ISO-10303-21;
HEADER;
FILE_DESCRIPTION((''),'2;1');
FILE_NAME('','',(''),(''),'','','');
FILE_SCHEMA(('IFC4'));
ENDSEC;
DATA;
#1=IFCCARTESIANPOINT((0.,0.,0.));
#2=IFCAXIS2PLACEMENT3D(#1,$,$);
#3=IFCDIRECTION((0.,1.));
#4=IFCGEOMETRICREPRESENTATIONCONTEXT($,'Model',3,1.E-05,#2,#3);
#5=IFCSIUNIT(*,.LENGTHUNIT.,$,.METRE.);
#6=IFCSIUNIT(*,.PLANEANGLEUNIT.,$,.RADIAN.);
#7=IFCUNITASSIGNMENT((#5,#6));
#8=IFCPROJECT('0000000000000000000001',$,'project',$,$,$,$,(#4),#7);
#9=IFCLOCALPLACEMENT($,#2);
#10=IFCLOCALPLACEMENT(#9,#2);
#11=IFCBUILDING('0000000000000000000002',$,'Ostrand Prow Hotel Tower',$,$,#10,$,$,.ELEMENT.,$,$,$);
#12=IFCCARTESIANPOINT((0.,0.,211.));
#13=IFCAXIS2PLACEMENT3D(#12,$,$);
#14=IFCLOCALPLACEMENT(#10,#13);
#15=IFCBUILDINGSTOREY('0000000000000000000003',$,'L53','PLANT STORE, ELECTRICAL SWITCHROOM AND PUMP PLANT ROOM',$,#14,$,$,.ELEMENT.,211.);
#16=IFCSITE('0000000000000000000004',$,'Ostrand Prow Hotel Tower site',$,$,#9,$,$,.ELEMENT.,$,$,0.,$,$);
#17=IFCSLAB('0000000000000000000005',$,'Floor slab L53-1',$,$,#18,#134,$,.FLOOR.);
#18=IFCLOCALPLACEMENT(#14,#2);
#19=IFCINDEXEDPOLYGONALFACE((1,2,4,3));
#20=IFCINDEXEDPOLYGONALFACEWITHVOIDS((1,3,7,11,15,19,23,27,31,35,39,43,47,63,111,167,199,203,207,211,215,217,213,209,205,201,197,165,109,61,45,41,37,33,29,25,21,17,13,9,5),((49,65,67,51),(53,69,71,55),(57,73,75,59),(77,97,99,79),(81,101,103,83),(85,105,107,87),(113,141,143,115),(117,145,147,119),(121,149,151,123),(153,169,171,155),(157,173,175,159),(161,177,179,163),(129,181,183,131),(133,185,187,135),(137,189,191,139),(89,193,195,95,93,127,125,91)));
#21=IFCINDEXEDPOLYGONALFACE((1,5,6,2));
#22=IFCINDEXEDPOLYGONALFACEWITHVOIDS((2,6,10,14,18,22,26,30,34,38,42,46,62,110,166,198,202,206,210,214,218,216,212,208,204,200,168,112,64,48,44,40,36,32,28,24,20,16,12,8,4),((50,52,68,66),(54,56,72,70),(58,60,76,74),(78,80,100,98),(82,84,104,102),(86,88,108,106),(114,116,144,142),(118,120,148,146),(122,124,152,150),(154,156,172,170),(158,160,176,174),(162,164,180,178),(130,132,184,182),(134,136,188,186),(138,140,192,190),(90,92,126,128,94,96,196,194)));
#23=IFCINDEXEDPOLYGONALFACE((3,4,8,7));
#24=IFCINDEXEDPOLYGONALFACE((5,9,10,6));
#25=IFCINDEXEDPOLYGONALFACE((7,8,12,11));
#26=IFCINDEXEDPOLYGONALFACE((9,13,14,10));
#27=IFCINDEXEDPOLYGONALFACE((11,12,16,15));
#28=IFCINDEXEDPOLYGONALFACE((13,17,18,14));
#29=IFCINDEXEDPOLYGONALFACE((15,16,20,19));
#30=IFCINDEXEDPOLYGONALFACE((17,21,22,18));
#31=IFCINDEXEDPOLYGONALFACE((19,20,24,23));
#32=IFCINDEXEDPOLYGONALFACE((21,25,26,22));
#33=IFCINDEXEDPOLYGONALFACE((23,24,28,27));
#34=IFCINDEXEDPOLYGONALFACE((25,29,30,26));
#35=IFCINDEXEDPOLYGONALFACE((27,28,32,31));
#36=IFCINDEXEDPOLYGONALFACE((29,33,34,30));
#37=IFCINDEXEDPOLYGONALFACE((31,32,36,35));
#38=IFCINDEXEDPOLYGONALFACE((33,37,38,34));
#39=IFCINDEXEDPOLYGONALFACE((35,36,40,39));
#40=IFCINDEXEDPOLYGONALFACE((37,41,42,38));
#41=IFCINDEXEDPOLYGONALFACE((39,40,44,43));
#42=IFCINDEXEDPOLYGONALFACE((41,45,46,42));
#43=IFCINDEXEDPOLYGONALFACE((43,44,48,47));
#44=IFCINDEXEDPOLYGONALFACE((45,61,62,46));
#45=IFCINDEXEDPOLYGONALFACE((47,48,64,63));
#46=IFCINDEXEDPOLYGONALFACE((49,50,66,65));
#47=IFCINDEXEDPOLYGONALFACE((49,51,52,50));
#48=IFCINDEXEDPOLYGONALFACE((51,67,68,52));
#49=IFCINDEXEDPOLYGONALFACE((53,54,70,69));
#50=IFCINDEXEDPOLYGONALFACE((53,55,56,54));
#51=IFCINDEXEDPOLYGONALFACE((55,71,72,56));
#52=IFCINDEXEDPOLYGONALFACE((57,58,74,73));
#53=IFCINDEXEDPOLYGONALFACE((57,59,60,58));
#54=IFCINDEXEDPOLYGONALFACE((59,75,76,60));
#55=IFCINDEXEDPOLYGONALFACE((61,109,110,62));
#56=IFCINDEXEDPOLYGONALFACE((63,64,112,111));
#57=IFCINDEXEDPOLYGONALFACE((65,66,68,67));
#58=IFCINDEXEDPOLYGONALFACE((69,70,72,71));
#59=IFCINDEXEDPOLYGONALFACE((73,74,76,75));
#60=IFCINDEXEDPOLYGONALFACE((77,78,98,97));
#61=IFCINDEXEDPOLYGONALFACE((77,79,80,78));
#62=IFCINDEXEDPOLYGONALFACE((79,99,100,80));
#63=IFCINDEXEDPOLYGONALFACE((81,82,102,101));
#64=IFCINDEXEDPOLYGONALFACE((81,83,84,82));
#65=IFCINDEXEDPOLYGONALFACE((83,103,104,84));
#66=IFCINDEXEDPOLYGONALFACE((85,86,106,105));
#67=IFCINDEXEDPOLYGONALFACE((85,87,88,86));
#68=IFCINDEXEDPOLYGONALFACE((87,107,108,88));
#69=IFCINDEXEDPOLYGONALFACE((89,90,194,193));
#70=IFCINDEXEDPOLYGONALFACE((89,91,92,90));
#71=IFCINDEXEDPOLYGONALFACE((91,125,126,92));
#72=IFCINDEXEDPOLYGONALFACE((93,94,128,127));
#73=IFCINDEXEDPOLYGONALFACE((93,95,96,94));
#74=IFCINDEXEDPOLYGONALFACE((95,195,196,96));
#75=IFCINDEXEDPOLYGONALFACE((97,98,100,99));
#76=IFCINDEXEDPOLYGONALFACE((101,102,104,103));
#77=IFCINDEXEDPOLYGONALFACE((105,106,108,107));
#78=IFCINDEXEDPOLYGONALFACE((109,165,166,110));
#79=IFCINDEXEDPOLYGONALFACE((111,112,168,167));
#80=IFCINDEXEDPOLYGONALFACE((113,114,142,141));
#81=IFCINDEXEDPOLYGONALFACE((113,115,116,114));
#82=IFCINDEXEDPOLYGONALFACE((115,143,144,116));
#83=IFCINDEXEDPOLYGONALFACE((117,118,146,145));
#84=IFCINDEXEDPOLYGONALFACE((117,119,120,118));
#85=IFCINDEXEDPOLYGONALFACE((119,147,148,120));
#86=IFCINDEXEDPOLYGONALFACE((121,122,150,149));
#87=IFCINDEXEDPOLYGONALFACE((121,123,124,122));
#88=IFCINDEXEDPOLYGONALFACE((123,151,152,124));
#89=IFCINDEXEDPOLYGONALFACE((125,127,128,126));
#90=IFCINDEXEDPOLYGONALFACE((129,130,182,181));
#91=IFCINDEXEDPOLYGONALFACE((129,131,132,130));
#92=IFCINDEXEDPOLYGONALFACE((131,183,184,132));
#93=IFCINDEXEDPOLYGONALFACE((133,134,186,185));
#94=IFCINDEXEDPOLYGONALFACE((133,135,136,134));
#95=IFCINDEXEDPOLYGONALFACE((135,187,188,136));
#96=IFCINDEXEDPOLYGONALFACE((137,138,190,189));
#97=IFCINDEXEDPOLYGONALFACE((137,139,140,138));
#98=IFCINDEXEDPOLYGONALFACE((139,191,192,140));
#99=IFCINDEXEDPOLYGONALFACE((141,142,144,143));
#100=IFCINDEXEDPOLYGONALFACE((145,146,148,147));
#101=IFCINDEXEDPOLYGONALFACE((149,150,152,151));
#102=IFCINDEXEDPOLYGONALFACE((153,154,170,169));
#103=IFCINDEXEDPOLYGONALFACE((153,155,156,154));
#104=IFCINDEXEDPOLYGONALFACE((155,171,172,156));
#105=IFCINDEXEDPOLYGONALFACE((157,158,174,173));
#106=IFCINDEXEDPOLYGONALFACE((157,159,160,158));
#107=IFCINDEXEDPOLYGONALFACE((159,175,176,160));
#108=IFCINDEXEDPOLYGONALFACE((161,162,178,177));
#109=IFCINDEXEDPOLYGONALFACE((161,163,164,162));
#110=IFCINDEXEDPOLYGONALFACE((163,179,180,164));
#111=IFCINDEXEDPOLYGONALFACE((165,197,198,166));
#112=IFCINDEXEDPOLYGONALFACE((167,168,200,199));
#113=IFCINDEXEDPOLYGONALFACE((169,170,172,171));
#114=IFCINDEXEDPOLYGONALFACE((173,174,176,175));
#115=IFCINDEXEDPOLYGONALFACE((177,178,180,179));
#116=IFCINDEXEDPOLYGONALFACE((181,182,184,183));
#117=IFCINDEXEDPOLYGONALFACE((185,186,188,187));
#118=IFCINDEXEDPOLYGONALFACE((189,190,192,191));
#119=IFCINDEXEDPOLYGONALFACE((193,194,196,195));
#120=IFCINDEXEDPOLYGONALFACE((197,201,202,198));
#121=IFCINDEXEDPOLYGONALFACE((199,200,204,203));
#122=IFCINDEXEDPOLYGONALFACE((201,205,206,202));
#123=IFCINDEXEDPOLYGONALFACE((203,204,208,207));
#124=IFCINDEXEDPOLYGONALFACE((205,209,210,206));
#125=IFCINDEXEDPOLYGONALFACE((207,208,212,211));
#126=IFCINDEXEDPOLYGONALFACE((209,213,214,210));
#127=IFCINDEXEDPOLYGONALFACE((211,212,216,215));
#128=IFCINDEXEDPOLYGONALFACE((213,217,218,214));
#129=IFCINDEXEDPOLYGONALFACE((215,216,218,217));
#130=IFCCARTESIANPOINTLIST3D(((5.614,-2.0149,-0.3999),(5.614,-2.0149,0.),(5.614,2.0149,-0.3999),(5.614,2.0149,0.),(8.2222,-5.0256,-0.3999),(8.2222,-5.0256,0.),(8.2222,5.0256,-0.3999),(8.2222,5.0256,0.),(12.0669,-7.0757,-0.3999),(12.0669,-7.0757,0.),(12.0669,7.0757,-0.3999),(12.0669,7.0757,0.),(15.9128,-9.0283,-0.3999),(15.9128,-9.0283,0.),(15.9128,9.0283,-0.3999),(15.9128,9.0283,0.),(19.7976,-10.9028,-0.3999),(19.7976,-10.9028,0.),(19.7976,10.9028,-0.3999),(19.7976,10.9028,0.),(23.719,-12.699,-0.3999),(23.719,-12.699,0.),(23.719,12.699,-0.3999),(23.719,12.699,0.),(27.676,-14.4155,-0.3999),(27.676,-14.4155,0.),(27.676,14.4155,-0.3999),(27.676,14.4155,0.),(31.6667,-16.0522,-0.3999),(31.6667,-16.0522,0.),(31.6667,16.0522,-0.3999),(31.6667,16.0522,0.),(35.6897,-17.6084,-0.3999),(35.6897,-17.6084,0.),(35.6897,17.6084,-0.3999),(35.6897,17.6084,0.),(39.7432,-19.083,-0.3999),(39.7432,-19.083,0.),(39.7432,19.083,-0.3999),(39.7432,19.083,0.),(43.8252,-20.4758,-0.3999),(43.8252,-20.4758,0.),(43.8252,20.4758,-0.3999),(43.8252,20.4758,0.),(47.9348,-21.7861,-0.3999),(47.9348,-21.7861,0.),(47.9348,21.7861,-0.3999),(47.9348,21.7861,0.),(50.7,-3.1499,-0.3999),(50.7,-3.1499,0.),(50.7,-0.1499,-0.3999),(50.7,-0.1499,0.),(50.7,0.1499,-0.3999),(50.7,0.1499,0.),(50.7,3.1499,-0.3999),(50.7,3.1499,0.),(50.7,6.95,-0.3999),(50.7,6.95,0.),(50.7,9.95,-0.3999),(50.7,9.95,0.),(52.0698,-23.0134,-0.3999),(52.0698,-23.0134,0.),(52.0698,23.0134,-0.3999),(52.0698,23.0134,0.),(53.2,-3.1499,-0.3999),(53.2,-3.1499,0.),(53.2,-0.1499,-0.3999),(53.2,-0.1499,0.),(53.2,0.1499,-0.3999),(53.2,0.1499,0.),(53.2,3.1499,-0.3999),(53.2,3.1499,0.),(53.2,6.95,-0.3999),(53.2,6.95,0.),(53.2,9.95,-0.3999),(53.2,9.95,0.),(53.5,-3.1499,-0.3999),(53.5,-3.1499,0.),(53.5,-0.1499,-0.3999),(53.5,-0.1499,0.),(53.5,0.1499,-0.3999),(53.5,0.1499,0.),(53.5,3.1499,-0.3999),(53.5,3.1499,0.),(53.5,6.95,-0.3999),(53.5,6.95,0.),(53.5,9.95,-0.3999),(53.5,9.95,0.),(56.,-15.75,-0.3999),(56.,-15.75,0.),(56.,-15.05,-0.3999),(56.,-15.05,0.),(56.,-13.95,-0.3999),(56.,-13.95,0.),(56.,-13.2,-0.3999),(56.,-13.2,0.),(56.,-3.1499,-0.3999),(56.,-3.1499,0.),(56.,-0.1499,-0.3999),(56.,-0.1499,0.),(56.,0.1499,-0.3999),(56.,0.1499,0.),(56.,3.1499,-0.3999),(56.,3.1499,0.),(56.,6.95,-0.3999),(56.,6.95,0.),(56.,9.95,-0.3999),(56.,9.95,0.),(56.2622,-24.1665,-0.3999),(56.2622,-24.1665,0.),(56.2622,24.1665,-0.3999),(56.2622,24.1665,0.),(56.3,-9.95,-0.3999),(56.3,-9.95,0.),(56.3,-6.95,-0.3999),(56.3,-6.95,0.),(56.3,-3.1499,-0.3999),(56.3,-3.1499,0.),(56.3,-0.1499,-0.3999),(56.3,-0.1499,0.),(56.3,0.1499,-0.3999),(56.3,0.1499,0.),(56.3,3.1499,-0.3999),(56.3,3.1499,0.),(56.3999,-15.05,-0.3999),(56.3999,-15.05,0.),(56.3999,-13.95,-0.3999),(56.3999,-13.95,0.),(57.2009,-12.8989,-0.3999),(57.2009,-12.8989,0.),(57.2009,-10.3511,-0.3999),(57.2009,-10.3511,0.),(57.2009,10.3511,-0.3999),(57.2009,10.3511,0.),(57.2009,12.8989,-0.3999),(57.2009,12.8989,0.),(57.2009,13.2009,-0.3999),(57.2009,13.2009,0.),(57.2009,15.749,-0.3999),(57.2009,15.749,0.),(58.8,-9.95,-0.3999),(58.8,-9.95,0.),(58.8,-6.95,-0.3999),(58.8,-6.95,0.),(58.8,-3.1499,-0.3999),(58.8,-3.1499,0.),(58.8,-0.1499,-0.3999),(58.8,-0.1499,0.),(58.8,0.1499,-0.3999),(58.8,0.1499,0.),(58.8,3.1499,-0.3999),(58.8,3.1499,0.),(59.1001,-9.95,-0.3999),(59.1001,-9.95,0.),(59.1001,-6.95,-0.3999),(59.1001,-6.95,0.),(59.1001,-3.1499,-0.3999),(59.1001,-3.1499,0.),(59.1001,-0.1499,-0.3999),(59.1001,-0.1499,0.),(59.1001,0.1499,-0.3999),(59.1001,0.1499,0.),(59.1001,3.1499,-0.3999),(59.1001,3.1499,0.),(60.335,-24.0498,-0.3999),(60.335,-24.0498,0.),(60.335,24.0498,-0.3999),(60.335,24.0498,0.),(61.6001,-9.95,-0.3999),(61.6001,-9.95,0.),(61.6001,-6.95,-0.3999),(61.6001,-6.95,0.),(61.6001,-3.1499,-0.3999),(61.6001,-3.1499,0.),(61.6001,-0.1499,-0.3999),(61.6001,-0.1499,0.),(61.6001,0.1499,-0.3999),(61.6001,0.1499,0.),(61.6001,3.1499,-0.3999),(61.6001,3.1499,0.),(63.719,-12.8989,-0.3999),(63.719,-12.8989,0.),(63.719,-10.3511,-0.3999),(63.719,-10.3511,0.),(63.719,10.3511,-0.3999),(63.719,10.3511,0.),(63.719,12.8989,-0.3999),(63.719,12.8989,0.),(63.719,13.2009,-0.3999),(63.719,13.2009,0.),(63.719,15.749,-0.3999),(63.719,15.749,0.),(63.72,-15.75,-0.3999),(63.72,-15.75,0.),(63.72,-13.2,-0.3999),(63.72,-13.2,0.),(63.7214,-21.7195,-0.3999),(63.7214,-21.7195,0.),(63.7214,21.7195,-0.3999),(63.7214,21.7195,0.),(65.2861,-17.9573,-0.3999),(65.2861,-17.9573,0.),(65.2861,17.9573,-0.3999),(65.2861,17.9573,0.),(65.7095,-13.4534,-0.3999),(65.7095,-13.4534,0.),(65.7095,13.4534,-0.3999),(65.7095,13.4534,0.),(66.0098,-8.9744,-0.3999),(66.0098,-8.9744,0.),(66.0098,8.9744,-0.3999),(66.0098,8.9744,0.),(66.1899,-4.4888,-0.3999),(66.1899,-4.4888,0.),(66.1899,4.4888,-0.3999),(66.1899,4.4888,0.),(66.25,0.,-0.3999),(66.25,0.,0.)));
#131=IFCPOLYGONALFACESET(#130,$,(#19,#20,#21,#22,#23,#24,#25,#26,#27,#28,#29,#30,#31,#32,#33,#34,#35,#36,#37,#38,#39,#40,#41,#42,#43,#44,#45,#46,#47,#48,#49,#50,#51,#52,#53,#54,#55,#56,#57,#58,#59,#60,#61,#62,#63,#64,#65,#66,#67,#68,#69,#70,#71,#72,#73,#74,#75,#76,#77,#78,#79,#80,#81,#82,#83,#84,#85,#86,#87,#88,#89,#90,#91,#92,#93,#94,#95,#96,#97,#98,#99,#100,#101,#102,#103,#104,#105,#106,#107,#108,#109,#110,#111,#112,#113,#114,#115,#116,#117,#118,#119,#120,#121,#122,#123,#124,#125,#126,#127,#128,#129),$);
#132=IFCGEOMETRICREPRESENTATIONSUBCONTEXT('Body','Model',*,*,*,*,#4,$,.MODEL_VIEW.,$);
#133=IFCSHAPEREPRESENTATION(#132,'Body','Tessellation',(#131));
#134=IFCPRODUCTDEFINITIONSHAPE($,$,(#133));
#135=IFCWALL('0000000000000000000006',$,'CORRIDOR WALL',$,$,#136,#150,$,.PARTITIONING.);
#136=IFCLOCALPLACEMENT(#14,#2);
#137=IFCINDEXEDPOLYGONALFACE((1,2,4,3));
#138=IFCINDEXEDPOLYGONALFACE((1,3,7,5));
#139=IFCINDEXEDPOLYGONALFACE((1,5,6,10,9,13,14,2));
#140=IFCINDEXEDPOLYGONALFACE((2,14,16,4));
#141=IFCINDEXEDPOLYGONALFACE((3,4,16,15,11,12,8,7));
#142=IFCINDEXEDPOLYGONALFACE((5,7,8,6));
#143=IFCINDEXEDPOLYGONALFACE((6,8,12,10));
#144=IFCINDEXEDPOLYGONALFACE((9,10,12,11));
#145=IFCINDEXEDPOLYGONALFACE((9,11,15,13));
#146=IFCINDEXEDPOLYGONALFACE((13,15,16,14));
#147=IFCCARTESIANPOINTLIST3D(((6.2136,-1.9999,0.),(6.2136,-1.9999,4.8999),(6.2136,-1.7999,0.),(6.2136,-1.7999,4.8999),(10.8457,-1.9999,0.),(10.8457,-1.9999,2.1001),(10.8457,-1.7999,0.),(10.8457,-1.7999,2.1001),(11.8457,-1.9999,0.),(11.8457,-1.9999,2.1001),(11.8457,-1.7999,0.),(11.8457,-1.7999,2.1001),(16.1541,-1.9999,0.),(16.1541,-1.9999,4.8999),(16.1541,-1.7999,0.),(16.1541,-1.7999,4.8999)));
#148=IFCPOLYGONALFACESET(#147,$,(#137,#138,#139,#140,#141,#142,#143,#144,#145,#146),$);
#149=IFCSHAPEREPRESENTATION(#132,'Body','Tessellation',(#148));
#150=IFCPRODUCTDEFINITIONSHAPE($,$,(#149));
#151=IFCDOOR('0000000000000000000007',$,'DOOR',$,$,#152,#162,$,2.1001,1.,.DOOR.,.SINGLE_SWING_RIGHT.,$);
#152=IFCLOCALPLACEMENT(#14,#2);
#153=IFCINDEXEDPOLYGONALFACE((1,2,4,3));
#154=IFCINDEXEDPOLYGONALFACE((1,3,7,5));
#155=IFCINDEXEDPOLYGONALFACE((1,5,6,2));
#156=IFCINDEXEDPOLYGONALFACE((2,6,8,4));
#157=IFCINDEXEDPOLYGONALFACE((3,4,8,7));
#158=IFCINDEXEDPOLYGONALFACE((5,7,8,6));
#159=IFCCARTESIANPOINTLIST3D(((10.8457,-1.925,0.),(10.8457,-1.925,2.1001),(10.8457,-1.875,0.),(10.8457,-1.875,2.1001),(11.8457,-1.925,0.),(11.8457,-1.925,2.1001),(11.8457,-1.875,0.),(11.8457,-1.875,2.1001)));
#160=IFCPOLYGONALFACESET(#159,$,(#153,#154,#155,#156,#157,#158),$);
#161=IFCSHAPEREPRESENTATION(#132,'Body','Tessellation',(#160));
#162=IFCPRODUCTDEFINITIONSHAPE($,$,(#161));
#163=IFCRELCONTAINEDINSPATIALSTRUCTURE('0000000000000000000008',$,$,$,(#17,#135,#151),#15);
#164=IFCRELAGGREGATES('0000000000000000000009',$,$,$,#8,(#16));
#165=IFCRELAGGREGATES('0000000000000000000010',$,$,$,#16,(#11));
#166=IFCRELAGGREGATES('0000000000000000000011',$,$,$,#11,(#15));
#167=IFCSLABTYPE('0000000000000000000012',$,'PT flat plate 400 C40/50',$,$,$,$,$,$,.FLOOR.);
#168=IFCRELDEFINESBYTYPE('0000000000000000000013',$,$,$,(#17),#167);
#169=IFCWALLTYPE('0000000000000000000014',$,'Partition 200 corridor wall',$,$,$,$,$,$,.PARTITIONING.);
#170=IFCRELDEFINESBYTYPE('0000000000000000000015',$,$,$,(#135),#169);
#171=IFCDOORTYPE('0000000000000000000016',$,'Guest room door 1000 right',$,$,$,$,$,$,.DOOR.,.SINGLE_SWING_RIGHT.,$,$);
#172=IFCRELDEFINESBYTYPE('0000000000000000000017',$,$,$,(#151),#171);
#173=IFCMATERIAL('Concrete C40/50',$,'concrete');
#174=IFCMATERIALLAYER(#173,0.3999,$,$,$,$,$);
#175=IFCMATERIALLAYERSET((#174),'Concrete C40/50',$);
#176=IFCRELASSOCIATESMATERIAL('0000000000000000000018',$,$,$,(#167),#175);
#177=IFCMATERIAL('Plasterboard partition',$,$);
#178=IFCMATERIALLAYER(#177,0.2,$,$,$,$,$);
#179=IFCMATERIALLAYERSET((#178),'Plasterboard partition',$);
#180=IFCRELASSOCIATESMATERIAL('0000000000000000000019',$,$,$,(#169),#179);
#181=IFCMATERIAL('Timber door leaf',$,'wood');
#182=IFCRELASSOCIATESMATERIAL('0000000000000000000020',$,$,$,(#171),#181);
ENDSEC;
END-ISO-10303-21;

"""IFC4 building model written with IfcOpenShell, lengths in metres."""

from ifc_helpers import new_model, si_unit, direction, frame, frame_2d, origin, place, context, subcontext, project, spatial, polyline, rectangle, outline, extrude, material, layer, layer_set, type_object, element, fill, save


model = new_model("IFC4")

# Units and contexts
model_context = context("Model", 3, precision=1e-05, world=origin(), true_north=direction((0.0, 1.0)))
body_context = subcontext(model_context, "Body", "Model", "MODEL_VIEW")
ifc_project = project(units=[si_unit("LENGTHUNIT", "METRE"), si_unit("PLANEANGLEUNIT", "RADIAN")], contexts=[model_context])

# Site, building, storey
site_placement = place(None, origin())
site = spatial("IfcSite", under=ifc_project, at=site_placement, Name="Ostrand Prow Hotel Tower site", CompositionType="ELEMENT", RefElevation=0.0)
building_placement = place(site_placement, origin())
building = spatial("IfcBuilding", under=site, at=building_placement, Name="Ostrand Prow Hotel Tower", CompositionType="ELEMENT")
storey_placement = place(building_placement, frame((0.0, 0.0, 211.0)))
storey = spatial("IfcBuildingStorey", under=building, at=storey_placement, Name="L53", Description="PLANT STORE, ELECTRICAL SWITCHROOM AND PUMP PLANT ROOM", CompositionType="ELEMENT", Elevation=211.0)

# Slab, opening
ifc_material_1 = material(Name="Concrete C40/50", Category="concrete")
ifc_layer_1 = layer(ifc_material_1, 0.3999)
ifc_layer_set_1 = layer_set([ifc_layer_1], Name="Concrete C40/50")
slab_type = type_object("IfcSlabType", Name="PT flat plate 400 C40/50", PredefinedType="FLOOR", material=ifc_layer_set_1)
slab_placement = place(storey_placement, frame((0.0, 0.0, -0.3999)))
slab = element("IfcSlab", 1, at=slab_placement, inside=storey, type_object=slab_type, Name="Floor slab L53-1", PredefinedType="FLOOR", context=body_context, shape_type="SweptSolid", body=[
    extrude(outline(polyline([(8.2222, 5.0256), (12.0669, 7.0757), (15.9128, 9.0283), (19.7976, 10.9028), (23.719, 12.699), (27.676, 14.4155), (31.6667, 16.0522), (35.6897, 17.6084), (39.7432, 19.083), (43.8252, 20.4758), (47.9348, 21.7861), (52.0698, 23.0134), (56.2622, 24.1665), (60.335, 24.0498), (63.7214, 21.7195), (65.2861, 17.9573), (65.7095, 13.4534), (66.0098, 8.9744), (66.1899, 4.4888), (66.25, 0.0), (66.1899, -4.4888), (66.0098, -8.9744), (65.7095, -13.4534), (65.2861, -17.9573), (63.7214, -21.7195), (60.335, -24.0498), (56.2622, -24.1665), (52.0698, -23.0134), (47.9348, -21.7861), (43.8252, -20.4758), (39.7432, -19.083), (35.6897, -17.6084), (31.6667, -16.0522), (27.676, -14.4155), (23.719, -12.699), (19.7976, -10.9028), (15.9128, -9.0283), (12.0669, -7.0757), (8.2222, -5.0256), (5.614, -2.0149), (5.614, 2.0149), (8.2222, 5.0256)]), holes=[polyline([(50.7, 6.95), (53.2, 6.95), (53.2, 9.95), (50.7, 9.95), (50.7, 6.95)]), polyline([(53.5, 6.95), (56.0, 6.95), (56.0, 9.95), (53.5, 9.95), (53.5, 6.95)]), polyline([(50.7, 0.1499), (53.2, 0.1499), (53.2, 3.1499), (50.7, 3.1499), (50.7, 0.1499)]), polyline([(53.5, 0.1499), (56.0, 0.1499), (56.0, 3.1499), (53.5, 3.1499), (53.5, 0.1499)]), polyline([(56.3, 0.1499), (58.8, 0.1499), (58.8, 3.1499), (56.3, 3.1499), (56.3, 0.1499)]), polyline([(59.1001, 0.1499), (61.6001, 0.1499), (61.6001, 3.1499), (59.1001, 3.1499), (59.1001, 0.1499)]), polyline([(50.7, -3.1499), (53.2, -3.1499), (53.2, -0.1499), (50.7, -0.1499), (50.7, -3.1499)]), polyline([(53.5, -3.1499), (56.0, -3.1499), (56.0, -0.1499), (53.5, -0.1499), (53.5, -3.1499)]), polyline([(56.3, -3.1499), (58.8, -3.1499), (58.8, -0.1499), (56.3, -0.1499), (56.3, -3.1499)]), polyline([(59.1001, -3.1499), (61.6001, -3.1499), (61.6001, -0.1499), (59.1001, -0.1499), (59.1001, -3.1499)]), polyline([(56.3, -9.95), (58.8, -9.95), (58.8, -6.95), (56.3, -6.95), (56.3, -9.95)]), polyline([(59.1001, -9.95), (61.6001, -9.95), (61.6001, -6.95), (59.1001, -6.95), (59.1001, -9.95)]), polyline([(57.2009, 10.3511), (57.2009, 12.8989), (63.719, 12.8989), (63.719, 10.3511), (57.2009, 10.3511)]), polyline([(57.2009, 13.2009), (57.2009, 15.749), (63.719, 15.749), (63.719, 13.2009), (57.2009, 13.2009)]), polyline([(57.2009, -12.8989), (57.2009, -10.3511), (63.719, -10.3511), (63.719, -12.8989), (57.2009, -12.8989)]), polyline([(63.72, -13.2), (63.72, -15.75), (56.0, -15.75), (56.0, -15.05), (56.3999, -15.05), (56.3999, -13.95), (56.0, -13.95), (56.0, -13.2), (63.72, -13.2)])]), origin(), (0.0, 0.0, 1.0), 0.3999),
])
opening_1_placement = place(slab_placement, origin())
element("IfcOpeningElement", 2, at=opening_1_placement, cuts=slab, PredefinedType="OPENING", context=body_context, shape_type="SweptSolid", body=[
    extrude(outline(polyline([(63.72, -13.2), (63.72, -15.75), (56.0, -15.75), (56.0, -15.05), (56.3999, -15.05), (56.3999, -13.95), (56.0, -13.95), (56.0, -13.2), (63.72, -13.2)])), origin(), (0.0, 0.0, 1.0), 0.3999),
])

# Wall, opening, door
ifc_material_2 = material(Name="Plasterboard partition")
ifc_layer_2 = layer(ifc_material_2, 0.2)
ifc_layer_set_2 = layer_set([ifc_layer_2], Name="Plasterboard partition")
wall_type_1 = type_object("IfcWallType", Name="Partition 200 corridor wall", PredefinedType="PARTITIONING", material=ifc_layer_set_2)
wall_1_placement = place(storey_placement, frame((6.2136, -1.8999, 0.0), z_axis=(0.0, 0.0, 1.0), x_axis=(1.0, 0.0, 0.0)))
wall_1 = element("IfcWall", 3, at=wall_1_placement, inside=storey, type_object=wall_type_1, Name="CORRIDOR WALL", PredefinedType="PARTITIONING", context=body_context, shape_type="SweptSolid", body=[
    extrude(rectangle(XDim=9.9404, YDim=0.2, at=frame_2d((4.9702, 0.0))), origin(), (0.0, 0.0, 1.0), 4.8999),
])
opening_2_placement = place(wall_1_placement, frame((4.6321, 0.0, 0.0)))
opening_2 = element("IfcOpeningElement", 4, at=opening_2_placement, cuts=wall_1, PredefinedType="OPENING", context=body_context, shape_type="SweptSolid", body=[
    extrude(rectangle(XDim=1.0, YDim=2.1001, at=frame_2d((0.5, 1.05))), frame((0.0, 0.1099, 0.0), z_axis=(0.0, -1.0, 0.0), x_axis=(1.0, 0.0, 0.0)), (0.0, 0.0, 1.0), 0.22),
])
ifc_material_3 = material(Name="Timber door leaf", Category="wood")
door_type = type_object("IfcDoorType", Name="Guest room door 1000 right", OperationType="SINGLE_SWING_RIGHT", PredefinedType="DOOR", material=ifc_material_3)
door_placement = place(opening_2_placement, origin())
door = element("IfcDoor", 5, at=door_placement, inside=storey, type_object=door_type, Name="DOOR", OperationType="SINGLE_SWING_RIGHT", OverallHeight=2.1001, OverallWidth=1.0, PredefinedType="DOOR", context=body_context, shape_type="SweptSolid", body=[
    extrude(rectangle(XDim=1.0, YDim=2.1001, at=frame_2d((0.5, 1.05))), frame((0.0, 0.0249, 0.0), z_axis=(0.0, -1.0, 0.0), x_axis=(1.0, 0.0, 0.0)), (0.0, 0.0, 1.0), 0.05),
])
fill(opening_2, door)

save(model, "model.ifc")
